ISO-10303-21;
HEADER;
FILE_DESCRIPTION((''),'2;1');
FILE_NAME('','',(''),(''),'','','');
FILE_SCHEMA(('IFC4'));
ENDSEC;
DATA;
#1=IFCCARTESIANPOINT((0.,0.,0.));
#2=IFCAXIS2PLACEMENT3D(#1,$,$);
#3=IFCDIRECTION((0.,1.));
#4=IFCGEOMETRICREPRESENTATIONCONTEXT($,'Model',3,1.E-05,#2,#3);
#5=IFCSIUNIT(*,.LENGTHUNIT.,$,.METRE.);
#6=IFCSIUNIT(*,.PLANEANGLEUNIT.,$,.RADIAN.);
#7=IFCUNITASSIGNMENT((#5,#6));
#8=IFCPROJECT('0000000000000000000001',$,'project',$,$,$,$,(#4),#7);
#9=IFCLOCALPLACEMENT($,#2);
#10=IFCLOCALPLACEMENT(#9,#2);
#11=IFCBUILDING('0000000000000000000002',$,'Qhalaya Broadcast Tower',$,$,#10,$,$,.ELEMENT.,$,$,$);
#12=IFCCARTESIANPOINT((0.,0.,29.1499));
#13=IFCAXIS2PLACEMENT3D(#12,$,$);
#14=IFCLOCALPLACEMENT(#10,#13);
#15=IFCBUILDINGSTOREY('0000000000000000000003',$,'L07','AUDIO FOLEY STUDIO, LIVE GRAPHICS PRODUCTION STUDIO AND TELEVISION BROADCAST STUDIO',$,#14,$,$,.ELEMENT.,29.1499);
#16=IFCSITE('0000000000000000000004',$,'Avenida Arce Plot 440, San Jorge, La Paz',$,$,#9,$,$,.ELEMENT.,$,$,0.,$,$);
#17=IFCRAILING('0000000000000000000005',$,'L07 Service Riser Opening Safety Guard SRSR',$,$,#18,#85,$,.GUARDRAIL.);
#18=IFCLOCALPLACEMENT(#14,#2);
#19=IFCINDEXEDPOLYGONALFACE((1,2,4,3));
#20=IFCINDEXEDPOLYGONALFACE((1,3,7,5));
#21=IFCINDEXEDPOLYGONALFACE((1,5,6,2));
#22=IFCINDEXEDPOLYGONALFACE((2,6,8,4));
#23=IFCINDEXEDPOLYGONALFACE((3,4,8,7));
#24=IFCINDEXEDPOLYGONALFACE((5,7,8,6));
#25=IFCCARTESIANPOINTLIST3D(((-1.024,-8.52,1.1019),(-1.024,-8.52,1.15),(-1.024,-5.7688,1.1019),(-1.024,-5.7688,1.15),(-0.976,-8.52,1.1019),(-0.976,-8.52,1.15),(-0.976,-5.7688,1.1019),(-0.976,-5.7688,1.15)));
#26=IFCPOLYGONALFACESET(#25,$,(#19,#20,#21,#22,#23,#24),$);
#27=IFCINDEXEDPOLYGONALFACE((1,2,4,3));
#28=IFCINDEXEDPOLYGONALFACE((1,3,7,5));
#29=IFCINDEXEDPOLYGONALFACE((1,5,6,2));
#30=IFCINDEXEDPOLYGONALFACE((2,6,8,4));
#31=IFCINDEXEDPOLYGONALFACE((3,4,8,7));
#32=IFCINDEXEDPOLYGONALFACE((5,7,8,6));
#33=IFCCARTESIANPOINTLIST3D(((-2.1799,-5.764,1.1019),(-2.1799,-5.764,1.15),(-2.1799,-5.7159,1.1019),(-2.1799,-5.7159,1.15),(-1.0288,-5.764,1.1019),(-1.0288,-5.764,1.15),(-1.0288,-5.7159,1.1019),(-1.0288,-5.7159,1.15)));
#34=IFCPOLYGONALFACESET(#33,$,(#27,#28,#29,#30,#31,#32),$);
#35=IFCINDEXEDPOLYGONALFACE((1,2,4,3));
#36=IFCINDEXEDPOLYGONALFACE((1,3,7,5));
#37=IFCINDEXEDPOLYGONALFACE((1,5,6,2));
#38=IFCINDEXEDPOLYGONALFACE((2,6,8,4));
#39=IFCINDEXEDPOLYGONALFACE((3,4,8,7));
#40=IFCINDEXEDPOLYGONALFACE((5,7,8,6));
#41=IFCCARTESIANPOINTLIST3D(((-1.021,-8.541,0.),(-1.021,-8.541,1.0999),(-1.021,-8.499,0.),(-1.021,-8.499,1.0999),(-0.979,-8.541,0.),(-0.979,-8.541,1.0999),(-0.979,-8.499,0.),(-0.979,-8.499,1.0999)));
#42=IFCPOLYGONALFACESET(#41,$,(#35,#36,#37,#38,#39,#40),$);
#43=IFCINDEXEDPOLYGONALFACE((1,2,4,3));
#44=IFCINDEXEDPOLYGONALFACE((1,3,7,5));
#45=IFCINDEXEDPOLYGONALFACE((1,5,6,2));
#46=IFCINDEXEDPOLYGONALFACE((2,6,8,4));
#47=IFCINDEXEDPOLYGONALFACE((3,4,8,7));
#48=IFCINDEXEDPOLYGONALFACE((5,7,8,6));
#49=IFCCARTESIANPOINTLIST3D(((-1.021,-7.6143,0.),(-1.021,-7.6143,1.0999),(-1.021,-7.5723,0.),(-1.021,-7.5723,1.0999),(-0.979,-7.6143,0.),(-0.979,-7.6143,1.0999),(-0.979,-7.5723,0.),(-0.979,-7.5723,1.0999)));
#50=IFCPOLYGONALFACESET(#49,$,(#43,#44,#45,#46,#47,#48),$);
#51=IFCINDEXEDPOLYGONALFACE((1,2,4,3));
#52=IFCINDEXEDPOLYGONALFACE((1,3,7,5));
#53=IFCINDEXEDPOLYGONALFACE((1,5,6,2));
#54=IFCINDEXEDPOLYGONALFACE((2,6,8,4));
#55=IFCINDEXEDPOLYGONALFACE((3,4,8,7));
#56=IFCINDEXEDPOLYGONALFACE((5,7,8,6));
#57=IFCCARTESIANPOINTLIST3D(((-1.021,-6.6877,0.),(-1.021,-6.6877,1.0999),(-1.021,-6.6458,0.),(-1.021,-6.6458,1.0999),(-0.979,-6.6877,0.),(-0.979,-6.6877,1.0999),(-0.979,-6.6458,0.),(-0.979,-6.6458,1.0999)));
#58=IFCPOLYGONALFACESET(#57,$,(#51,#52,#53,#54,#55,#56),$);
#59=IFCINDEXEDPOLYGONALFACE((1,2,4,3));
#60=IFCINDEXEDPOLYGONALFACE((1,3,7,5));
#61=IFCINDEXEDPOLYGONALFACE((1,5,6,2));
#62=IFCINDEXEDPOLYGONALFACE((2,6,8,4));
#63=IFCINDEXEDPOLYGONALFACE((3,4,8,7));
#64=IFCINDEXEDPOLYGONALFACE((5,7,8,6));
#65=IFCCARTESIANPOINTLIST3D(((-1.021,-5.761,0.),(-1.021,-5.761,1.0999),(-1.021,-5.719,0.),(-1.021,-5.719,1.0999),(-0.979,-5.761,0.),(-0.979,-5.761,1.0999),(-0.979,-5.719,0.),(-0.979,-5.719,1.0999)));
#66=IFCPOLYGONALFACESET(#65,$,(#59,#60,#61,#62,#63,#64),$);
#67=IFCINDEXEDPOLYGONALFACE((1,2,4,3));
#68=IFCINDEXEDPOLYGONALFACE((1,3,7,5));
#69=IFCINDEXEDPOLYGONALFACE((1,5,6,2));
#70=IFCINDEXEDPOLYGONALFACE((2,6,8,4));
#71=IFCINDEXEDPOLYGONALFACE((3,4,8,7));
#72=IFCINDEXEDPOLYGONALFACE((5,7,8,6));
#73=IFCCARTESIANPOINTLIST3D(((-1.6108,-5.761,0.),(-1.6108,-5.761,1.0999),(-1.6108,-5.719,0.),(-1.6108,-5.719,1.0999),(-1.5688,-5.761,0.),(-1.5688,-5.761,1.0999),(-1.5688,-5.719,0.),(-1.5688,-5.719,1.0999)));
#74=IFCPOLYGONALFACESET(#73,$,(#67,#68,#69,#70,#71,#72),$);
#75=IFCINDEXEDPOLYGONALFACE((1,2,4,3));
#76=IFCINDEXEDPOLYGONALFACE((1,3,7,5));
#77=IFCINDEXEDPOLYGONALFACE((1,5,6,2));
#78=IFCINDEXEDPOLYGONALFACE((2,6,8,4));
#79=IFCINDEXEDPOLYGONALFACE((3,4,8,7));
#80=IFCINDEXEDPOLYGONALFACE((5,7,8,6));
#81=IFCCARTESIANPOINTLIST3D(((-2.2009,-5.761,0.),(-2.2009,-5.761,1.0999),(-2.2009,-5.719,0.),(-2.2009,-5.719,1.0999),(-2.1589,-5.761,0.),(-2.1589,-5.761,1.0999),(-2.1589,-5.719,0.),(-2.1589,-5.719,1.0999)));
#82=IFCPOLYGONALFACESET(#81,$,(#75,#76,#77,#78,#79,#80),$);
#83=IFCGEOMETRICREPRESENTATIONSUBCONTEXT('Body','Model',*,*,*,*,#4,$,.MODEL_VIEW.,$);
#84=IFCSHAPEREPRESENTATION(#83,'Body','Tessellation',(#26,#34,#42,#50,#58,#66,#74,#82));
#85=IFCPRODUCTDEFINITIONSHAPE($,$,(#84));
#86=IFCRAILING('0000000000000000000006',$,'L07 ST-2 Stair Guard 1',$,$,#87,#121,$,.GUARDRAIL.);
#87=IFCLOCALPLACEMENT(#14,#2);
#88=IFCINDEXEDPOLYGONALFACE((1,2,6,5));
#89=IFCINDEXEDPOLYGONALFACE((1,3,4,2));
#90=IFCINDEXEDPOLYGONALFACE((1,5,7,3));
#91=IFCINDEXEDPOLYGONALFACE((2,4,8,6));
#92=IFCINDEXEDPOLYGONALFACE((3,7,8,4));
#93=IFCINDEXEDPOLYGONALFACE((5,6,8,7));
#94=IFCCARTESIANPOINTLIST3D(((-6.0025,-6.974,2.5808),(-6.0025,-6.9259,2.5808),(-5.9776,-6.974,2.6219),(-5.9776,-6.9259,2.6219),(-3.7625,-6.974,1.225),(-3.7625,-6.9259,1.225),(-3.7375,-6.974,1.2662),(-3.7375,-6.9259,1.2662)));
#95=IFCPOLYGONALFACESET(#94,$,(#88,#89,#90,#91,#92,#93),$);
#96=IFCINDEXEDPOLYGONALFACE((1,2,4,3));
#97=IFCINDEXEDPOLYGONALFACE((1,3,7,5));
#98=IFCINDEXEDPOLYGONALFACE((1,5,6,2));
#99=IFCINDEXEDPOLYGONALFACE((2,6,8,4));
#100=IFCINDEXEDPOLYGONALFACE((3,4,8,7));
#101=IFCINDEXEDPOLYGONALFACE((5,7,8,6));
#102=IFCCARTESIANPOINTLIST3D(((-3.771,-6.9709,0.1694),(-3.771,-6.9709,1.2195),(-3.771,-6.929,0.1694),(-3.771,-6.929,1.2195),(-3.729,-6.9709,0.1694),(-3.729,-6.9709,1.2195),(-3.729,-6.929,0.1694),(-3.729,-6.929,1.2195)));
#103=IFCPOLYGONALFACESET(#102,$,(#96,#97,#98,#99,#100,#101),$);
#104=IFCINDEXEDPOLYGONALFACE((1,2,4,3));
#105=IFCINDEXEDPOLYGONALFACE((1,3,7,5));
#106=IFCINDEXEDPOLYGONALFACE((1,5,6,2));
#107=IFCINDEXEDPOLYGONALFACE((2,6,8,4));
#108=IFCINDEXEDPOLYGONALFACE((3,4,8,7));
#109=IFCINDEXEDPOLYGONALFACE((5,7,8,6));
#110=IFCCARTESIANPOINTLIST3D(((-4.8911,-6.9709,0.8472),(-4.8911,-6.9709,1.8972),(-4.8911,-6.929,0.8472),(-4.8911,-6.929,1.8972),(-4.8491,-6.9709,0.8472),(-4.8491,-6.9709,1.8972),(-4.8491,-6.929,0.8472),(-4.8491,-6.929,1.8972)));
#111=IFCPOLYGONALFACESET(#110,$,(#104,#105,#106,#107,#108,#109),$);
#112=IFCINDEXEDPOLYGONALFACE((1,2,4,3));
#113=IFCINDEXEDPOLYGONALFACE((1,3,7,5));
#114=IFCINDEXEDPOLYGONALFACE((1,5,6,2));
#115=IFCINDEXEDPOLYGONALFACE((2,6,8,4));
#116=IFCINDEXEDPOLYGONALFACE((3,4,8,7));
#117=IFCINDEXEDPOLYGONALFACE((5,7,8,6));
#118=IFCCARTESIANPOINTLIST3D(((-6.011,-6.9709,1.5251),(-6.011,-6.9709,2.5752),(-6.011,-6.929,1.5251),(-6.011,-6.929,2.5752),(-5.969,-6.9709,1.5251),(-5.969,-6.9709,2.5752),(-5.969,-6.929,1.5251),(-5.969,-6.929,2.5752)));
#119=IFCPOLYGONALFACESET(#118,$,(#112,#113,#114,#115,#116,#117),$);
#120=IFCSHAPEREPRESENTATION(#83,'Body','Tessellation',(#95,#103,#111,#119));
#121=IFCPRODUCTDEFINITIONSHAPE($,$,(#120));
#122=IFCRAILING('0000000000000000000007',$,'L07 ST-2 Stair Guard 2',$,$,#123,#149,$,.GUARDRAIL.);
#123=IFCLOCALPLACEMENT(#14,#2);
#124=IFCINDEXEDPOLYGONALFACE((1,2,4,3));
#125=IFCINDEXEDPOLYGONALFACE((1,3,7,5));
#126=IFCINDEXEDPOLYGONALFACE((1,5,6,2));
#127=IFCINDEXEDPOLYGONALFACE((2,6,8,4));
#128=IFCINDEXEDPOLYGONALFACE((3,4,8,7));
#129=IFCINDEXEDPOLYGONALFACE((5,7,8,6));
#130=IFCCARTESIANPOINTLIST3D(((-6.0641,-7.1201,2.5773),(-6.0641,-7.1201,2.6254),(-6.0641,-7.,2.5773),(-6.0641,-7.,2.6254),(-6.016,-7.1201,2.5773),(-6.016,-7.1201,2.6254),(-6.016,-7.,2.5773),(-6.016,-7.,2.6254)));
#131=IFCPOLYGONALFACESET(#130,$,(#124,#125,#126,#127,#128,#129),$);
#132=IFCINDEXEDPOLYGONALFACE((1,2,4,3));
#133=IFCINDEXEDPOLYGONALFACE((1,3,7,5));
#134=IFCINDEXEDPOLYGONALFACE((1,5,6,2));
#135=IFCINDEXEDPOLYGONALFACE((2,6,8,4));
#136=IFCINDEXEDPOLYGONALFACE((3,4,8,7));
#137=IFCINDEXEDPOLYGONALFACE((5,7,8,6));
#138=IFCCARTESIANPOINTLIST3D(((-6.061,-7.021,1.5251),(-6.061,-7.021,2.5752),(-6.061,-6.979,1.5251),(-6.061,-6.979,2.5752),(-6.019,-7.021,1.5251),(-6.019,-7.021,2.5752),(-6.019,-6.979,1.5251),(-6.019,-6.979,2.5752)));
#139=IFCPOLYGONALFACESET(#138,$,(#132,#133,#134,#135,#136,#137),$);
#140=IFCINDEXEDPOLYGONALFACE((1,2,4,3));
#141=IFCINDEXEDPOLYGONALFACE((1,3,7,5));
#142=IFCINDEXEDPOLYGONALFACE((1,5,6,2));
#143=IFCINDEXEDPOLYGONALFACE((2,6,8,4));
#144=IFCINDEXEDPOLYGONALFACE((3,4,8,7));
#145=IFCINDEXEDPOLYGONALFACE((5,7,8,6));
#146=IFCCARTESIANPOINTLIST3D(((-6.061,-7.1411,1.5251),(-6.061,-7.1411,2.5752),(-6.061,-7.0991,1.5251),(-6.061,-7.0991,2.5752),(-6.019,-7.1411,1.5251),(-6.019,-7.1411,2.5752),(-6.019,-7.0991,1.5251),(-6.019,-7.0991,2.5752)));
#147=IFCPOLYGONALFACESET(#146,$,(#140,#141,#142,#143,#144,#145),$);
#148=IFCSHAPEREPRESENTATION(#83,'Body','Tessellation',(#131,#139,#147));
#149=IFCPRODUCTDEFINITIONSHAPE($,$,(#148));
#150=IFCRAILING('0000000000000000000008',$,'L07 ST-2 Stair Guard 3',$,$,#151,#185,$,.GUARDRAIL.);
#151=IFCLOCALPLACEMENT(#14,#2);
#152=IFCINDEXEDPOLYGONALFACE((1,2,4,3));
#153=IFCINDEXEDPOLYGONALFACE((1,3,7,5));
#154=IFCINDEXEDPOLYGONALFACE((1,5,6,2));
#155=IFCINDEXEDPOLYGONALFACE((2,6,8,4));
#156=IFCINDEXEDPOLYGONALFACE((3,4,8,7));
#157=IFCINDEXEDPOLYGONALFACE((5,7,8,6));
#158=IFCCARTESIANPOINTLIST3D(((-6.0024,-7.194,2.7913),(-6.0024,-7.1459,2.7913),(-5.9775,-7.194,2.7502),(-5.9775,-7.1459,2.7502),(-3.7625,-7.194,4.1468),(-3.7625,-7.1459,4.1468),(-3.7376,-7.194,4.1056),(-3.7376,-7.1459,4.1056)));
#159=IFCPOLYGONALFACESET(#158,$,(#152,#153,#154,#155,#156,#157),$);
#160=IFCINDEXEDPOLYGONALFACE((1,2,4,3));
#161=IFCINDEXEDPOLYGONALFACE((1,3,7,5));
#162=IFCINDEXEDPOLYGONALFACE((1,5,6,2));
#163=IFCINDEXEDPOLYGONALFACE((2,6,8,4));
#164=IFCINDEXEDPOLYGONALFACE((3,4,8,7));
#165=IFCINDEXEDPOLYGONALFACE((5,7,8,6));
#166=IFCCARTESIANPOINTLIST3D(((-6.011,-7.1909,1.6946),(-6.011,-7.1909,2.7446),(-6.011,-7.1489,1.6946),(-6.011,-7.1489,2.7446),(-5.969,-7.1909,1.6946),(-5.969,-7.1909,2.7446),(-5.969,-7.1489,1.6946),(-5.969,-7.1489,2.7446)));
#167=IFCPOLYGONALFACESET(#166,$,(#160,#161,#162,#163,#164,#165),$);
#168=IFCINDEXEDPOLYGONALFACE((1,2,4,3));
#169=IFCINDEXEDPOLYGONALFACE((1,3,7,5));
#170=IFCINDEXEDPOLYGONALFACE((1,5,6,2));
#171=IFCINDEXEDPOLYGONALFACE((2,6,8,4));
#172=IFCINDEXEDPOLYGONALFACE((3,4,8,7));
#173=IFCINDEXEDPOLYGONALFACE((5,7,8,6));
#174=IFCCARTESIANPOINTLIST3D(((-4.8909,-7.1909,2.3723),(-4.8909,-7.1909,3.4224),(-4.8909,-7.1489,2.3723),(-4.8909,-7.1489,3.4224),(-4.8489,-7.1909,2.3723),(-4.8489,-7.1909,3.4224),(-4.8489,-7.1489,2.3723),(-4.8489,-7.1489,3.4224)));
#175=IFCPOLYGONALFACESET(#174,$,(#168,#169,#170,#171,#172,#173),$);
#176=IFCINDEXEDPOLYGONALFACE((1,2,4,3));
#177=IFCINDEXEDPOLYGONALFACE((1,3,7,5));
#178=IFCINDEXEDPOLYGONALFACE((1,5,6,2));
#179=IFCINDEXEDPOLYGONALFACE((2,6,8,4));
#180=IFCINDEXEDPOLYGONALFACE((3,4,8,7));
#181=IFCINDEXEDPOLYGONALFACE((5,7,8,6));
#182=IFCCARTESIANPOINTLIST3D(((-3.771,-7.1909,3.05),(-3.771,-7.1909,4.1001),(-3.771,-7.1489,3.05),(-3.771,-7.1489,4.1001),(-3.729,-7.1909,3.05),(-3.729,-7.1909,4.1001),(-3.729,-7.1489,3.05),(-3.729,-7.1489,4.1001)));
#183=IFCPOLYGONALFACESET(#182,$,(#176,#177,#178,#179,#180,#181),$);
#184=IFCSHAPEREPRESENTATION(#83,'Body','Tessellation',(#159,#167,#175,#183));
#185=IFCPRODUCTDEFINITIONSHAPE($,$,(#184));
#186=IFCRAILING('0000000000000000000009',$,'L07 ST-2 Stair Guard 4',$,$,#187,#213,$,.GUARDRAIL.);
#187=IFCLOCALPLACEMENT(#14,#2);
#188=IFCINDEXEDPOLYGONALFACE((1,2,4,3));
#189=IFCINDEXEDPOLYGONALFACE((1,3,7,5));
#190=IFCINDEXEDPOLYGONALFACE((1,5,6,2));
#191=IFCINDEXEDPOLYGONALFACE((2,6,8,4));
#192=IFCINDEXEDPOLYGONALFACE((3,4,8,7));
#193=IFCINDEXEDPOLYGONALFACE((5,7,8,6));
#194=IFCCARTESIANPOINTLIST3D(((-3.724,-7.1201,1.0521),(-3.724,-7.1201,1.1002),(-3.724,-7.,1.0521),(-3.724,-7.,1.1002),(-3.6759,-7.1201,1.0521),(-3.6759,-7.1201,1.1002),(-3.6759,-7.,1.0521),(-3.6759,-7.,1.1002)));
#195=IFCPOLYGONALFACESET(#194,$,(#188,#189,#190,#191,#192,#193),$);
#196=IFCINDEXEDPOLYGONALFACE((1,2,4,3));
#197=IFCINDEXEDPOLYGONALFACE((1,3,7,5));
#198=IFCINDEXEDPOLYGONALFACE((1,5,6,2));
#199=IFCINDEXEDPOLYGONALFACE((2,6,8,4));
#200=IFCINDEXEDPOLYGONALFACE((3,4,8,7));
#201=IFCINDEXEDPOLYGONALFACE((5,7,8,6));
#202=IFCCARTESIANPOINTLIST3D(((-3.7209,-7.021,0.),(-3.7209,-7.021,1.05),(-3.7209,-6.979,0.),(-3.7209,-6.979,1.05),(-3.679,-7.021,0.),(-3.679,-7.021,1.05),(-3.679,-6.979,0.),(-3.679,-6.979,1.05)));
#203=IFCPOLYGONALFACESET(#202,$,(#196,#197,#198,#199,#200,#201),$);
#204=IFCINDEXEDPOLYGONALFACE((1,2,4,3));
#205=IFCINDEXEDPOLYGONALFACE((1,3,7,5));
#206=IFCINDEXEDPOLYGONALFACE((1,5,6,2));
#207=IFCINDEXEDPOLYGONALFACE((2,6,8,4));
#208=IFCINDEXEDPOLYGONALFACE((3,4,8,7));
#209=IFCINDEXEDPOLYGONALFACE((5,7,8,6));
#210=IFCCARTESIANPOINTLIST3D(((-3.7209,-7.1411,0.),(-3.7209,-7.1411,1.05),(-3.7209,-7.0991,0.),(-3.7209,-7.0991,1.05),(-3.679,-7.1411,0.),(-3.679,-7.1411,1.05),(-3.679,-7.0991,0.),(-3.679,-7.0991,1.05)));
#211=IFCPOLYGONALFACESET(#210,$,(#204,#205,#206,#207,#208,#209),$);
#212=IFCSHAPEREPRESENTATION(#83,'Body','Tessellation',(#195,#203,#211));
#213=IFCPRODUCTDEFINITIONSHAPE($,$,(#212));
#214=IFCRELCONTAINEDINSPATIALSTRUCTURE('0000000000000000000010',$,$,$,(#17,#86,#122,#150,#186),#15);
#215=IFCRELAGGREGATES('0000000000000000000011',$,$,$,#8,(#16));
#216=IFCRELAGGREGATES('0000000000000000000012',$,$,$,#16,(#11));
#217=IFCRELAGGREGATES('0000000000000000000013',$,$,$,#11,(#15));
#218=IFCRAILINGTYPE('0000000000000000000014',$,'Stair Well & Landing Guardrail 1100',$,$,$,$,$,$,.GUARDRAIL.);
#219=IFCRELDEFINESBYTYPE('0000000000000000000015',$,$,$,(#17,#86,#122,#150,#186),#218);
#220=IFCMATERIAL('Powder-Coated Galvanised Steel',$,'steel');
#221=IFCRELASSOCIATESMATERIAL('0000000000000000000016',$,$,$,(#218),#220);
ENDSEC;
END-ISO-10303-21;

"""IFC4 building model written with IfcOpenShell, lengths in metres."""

from ifc_helpers import new_model, si_unit, direction, frame, origin, origin_2d, place, context, subcontext, project, spatial, rectangle, extrude, material, type_object, element, save


model = new_model("IFC4")

# Units and contexts
model_context = context("Model", 3, precision=1e-05, world=origin(), true_north=direction((0.0, 1.0)))
body_context = subcontext(model_context, "Body", "Model", "MODEL_VIEW")
ifc_project = project(units=[si_unit("LENGTHUNIT", "METRE"), si_unit("PLANEANGLEUNIT", "RADIAN")], contexts=[model_context])

# Site, building, storey
site_placement = place(None, origin())
site = spatial("IfcSite", under=ifc_project, at=site_placement, Name="Avenida Arce Plot 440, San Jorge, La Paz", CompositionType="ELEMENT", RefElevation=0.0)
building_placement = place(site_placement, origin())
building = spatial("IfcBuilding", under=site, at=building_placement, Name="Qhalaya Broadcast Tower", CompositionType="ELEMENT")
storey_placement = place(building_placement, frame((0.0, 0.0, 29.1499)))
storey = spatial("IfcBuildingStorey", under=building, at=storey_placement, Name="L07", Description="AUDIO FOLEY STUDIO, LIVE GRAPHICS PRODUCTION STUDIO AND TELEVISION BROADCAST STUDIO", CompositionType="ELEMENT", Elevation=29.1499)

# Railings
ifc_material_1 = material(Name="Powder-Coated Galvanised Steel", Category="steel")
railing_type_1 = type_object("IfcRailingType", Name="Stair Well & Landing Guardrail 1100", PredefinedType="GUARDRAIL", material=ifc_material_1)
railing_1_placement = place(storey_placement, frame((-1.0, -8.52, 0.0)))
element("IfcRailing", 1, at=railing_1_placement, inside=storey, type_object=railing_type_1, Name="L07 Service Riser Opening Safety Guard SRSR", PredefinedType="GUARDRAIL", context=body_context, shape_type="SweptSolid", body=[
    extrude(rectangle(XDim=0.0481, YDim=0.0481, at=origin_2d()), frame((0.0, 0.0, 1.126), z_axis=(0.0, 1.0, 0.0), x_axis=(-1.0, 0.0, 0.0)), (0.0, 0.0, 1.0), 2.7512),
    extrude(rectangle(XDim=0.0481, YDim=0.0481, at=origin_2d()), frame((-0.0288, 2.78, 1.126), z_axis=(-1.0, 0.0, 0.0), x_axis=(0.0, -1.0, 0.0)), (0.0, 0.0, 1.0), 1.1511),
    extrude(rectangle(XDim=0.042, YDim=0.042, at=origin_2d()), origin(), (0.0, 0.0, 1.0), 1.0999),
    extrude(rectangle(XDim=0.042, YDim=0.042, at=origin_2d()), frame((0.0, 0.9268, 0.0)), (0.0, 0.0, 1.0), 1.0999),
    extrude(rectangle(XDim=0.042, YDim=0.042, at=origin_2d()), frame((0.0, 1.8533, 0.0)), (0.0, 0.0, 1.0), 1.0999),
    extrude(rectangle(XDim=0.042, YDim=0.042, at=origin_2d()), frame((0.0, 2.78, 0.0)), (0.0, 0.0, 1.0), 1.0999),
    extrude(rectangle(XDim=0.042, YDim=0.042, at=origin_2d()), frame((-0.5898, 2.78, 0.0)), (0.0, 0.0, 1.0), 1.0999),
    extrude(rectangle(XDim=0.042, YDim=0.042, at=origin_2d()), frame((-1.1799, 2.78, 0.0)), (0.0, 0.0, 1.0), 1.0999),
])
railing_2_placement = place(storey_placement, frame((-3.75, -6.95, 0.1694)))
element("IfcRailing", 2, at=railing_2_placement, inside=storey, type_object=railing_type_1, Name="L07 ST-2 Stair Guard 1", PredefinedType="GUARDRAIL", context=body_context, shape_type="SweptSolid", body=[
    extrude(rectangle(XDim=0.0481, YDim=0.0481, at=origin_2d()), frame((0.0, 0.0, 1.0762), z_axis=(-0.855512, 0.0, 0.517783), x_axis=(0.0, -1.0, 0.0)), (0.0, 0.0, 1.0), 2.6184),
    extrude(rectangle(XDim=0.042, YDim=0.042, at=origin_2d()), origin(), (0.0, 0.0, 1.0), 1.05),
    extrude(rectangle(XDim=0.042, YDim=0.042, at=origin_2d()), frame((-1.1201, 0.0, 0.6777)), (0.0, 0.0, 1.0), 1.05),
    extrude(rectangle(XDim=0.042, YDim=0.042, at=origin_2d()), frame((-2.24, 0.0, 1.3557)), (0.0, 0.0, 1.0), 1.05),
])
railing_3_placement = place(storey_placement, frame((-6.04, -7.0, 1.5251)))
element("IfcRailing", 3, at=railing_3_placement, inside=storey, type_object=railing_type_1, Name="L07 ST-2 Stair Guard 2", PredefinedType="GUARDRAIL", context=body_context, shape_type="SweptSolid", body=[
    extrude(rectangle(XDim=0.0481, YDim=0.0481, at=origin_2d()), frame((0.0, 0.0, 1.0762), z_axis=(0.0, -1.0, 0.0), x_axis=(1.0, 0.0, 0.0)), (0.0, 0.0, 1.0), 0.1201),
    extrude(rectangle(XDim=0.042, YDim=0.042, at=origin_2d()), origin(), (0.0, 0.0, 1.0), 1.05),
    extrude(rectangle(XDim=0.042, YDim=0.042, at=origin_2d()), frame((0.0, -0.1201, 0.0)), (0.0, 0.0, 1.0), 1.05),
])
railing_4_placement = place(storey_placement, frame((-5.99, -7.1699, 1.6946)))
element("IfcRailing", 4, at=railing_4_placement, inside=storey, type_object=railing_type_1, Name="L07 ST-2 Stair Guard 3", PredefinedType="GUARDRAIL", context=body_context, shape_type="SweptSolid", body=[
    extrude(rectangle(XDim=0.0481, YDim=0.0481, at=origin_2d()), frame((0.0, 0.0, 1.0762), z_axis=(0.855553, 0.0, 0.517715), x_axis=(0.0, 1.0, 0.0)), (0.0, 0.0, 1.0), 2.6182),
    extrude(rectangle(XDim=0.042, YDim=0.042, at=origin_2d()), origin(), (0.0, 0.0, 1.0), 1.05),
    extrude(rectangle(XDim=0.042, YDim=0.042, at=origin_2d()), frame((1.1201, 0.0, 0.6777)), (0.0, 0.0, 1.0), 1.05),
    extrude(rectangle(XDim=0.042, YDim=0.042, at=origin_2d()), frame((2.24, 0.0, 1.3555)), (0.0, 0.0, 1.0), 1.05),
])
railing_5_placement = place(storey_placement, frame((-3.7, -7.0, 0.0)))
element("IfcRailing", 5, at=railing_5_placement, inside=storey, type_object=railing_type_1, Name="L07 ST-2 Stair Guard 4", PredefinedType="GUARDRAIL", context=body_context, shape_type="SweptSolid", body=[
    extrude(rectangle(XDim=0.0481, YDim=0.0481, at=origin_2d()), frame((0.0, 0.0, 1.0762), z_axis=(0.0, -1.0, 0.0), x_axis=(1.0, 0.0, 0.0)), (0.0, 0.0, 1.0), 0.1201),
    extrude(rectangle(XDim=0.042, YDim=0.042, at=origin_2d()), origin(), (0.0, 0.0, 1.0), 1.05),
    extrude(rectangle(XDim=0.042, YDim=0.042, at=origin_2d()), frame((0.0, -0.1201, 0.0)), (0.0, 0.0, 1.0), 1.05),
])

save(model, "model.ifc")
